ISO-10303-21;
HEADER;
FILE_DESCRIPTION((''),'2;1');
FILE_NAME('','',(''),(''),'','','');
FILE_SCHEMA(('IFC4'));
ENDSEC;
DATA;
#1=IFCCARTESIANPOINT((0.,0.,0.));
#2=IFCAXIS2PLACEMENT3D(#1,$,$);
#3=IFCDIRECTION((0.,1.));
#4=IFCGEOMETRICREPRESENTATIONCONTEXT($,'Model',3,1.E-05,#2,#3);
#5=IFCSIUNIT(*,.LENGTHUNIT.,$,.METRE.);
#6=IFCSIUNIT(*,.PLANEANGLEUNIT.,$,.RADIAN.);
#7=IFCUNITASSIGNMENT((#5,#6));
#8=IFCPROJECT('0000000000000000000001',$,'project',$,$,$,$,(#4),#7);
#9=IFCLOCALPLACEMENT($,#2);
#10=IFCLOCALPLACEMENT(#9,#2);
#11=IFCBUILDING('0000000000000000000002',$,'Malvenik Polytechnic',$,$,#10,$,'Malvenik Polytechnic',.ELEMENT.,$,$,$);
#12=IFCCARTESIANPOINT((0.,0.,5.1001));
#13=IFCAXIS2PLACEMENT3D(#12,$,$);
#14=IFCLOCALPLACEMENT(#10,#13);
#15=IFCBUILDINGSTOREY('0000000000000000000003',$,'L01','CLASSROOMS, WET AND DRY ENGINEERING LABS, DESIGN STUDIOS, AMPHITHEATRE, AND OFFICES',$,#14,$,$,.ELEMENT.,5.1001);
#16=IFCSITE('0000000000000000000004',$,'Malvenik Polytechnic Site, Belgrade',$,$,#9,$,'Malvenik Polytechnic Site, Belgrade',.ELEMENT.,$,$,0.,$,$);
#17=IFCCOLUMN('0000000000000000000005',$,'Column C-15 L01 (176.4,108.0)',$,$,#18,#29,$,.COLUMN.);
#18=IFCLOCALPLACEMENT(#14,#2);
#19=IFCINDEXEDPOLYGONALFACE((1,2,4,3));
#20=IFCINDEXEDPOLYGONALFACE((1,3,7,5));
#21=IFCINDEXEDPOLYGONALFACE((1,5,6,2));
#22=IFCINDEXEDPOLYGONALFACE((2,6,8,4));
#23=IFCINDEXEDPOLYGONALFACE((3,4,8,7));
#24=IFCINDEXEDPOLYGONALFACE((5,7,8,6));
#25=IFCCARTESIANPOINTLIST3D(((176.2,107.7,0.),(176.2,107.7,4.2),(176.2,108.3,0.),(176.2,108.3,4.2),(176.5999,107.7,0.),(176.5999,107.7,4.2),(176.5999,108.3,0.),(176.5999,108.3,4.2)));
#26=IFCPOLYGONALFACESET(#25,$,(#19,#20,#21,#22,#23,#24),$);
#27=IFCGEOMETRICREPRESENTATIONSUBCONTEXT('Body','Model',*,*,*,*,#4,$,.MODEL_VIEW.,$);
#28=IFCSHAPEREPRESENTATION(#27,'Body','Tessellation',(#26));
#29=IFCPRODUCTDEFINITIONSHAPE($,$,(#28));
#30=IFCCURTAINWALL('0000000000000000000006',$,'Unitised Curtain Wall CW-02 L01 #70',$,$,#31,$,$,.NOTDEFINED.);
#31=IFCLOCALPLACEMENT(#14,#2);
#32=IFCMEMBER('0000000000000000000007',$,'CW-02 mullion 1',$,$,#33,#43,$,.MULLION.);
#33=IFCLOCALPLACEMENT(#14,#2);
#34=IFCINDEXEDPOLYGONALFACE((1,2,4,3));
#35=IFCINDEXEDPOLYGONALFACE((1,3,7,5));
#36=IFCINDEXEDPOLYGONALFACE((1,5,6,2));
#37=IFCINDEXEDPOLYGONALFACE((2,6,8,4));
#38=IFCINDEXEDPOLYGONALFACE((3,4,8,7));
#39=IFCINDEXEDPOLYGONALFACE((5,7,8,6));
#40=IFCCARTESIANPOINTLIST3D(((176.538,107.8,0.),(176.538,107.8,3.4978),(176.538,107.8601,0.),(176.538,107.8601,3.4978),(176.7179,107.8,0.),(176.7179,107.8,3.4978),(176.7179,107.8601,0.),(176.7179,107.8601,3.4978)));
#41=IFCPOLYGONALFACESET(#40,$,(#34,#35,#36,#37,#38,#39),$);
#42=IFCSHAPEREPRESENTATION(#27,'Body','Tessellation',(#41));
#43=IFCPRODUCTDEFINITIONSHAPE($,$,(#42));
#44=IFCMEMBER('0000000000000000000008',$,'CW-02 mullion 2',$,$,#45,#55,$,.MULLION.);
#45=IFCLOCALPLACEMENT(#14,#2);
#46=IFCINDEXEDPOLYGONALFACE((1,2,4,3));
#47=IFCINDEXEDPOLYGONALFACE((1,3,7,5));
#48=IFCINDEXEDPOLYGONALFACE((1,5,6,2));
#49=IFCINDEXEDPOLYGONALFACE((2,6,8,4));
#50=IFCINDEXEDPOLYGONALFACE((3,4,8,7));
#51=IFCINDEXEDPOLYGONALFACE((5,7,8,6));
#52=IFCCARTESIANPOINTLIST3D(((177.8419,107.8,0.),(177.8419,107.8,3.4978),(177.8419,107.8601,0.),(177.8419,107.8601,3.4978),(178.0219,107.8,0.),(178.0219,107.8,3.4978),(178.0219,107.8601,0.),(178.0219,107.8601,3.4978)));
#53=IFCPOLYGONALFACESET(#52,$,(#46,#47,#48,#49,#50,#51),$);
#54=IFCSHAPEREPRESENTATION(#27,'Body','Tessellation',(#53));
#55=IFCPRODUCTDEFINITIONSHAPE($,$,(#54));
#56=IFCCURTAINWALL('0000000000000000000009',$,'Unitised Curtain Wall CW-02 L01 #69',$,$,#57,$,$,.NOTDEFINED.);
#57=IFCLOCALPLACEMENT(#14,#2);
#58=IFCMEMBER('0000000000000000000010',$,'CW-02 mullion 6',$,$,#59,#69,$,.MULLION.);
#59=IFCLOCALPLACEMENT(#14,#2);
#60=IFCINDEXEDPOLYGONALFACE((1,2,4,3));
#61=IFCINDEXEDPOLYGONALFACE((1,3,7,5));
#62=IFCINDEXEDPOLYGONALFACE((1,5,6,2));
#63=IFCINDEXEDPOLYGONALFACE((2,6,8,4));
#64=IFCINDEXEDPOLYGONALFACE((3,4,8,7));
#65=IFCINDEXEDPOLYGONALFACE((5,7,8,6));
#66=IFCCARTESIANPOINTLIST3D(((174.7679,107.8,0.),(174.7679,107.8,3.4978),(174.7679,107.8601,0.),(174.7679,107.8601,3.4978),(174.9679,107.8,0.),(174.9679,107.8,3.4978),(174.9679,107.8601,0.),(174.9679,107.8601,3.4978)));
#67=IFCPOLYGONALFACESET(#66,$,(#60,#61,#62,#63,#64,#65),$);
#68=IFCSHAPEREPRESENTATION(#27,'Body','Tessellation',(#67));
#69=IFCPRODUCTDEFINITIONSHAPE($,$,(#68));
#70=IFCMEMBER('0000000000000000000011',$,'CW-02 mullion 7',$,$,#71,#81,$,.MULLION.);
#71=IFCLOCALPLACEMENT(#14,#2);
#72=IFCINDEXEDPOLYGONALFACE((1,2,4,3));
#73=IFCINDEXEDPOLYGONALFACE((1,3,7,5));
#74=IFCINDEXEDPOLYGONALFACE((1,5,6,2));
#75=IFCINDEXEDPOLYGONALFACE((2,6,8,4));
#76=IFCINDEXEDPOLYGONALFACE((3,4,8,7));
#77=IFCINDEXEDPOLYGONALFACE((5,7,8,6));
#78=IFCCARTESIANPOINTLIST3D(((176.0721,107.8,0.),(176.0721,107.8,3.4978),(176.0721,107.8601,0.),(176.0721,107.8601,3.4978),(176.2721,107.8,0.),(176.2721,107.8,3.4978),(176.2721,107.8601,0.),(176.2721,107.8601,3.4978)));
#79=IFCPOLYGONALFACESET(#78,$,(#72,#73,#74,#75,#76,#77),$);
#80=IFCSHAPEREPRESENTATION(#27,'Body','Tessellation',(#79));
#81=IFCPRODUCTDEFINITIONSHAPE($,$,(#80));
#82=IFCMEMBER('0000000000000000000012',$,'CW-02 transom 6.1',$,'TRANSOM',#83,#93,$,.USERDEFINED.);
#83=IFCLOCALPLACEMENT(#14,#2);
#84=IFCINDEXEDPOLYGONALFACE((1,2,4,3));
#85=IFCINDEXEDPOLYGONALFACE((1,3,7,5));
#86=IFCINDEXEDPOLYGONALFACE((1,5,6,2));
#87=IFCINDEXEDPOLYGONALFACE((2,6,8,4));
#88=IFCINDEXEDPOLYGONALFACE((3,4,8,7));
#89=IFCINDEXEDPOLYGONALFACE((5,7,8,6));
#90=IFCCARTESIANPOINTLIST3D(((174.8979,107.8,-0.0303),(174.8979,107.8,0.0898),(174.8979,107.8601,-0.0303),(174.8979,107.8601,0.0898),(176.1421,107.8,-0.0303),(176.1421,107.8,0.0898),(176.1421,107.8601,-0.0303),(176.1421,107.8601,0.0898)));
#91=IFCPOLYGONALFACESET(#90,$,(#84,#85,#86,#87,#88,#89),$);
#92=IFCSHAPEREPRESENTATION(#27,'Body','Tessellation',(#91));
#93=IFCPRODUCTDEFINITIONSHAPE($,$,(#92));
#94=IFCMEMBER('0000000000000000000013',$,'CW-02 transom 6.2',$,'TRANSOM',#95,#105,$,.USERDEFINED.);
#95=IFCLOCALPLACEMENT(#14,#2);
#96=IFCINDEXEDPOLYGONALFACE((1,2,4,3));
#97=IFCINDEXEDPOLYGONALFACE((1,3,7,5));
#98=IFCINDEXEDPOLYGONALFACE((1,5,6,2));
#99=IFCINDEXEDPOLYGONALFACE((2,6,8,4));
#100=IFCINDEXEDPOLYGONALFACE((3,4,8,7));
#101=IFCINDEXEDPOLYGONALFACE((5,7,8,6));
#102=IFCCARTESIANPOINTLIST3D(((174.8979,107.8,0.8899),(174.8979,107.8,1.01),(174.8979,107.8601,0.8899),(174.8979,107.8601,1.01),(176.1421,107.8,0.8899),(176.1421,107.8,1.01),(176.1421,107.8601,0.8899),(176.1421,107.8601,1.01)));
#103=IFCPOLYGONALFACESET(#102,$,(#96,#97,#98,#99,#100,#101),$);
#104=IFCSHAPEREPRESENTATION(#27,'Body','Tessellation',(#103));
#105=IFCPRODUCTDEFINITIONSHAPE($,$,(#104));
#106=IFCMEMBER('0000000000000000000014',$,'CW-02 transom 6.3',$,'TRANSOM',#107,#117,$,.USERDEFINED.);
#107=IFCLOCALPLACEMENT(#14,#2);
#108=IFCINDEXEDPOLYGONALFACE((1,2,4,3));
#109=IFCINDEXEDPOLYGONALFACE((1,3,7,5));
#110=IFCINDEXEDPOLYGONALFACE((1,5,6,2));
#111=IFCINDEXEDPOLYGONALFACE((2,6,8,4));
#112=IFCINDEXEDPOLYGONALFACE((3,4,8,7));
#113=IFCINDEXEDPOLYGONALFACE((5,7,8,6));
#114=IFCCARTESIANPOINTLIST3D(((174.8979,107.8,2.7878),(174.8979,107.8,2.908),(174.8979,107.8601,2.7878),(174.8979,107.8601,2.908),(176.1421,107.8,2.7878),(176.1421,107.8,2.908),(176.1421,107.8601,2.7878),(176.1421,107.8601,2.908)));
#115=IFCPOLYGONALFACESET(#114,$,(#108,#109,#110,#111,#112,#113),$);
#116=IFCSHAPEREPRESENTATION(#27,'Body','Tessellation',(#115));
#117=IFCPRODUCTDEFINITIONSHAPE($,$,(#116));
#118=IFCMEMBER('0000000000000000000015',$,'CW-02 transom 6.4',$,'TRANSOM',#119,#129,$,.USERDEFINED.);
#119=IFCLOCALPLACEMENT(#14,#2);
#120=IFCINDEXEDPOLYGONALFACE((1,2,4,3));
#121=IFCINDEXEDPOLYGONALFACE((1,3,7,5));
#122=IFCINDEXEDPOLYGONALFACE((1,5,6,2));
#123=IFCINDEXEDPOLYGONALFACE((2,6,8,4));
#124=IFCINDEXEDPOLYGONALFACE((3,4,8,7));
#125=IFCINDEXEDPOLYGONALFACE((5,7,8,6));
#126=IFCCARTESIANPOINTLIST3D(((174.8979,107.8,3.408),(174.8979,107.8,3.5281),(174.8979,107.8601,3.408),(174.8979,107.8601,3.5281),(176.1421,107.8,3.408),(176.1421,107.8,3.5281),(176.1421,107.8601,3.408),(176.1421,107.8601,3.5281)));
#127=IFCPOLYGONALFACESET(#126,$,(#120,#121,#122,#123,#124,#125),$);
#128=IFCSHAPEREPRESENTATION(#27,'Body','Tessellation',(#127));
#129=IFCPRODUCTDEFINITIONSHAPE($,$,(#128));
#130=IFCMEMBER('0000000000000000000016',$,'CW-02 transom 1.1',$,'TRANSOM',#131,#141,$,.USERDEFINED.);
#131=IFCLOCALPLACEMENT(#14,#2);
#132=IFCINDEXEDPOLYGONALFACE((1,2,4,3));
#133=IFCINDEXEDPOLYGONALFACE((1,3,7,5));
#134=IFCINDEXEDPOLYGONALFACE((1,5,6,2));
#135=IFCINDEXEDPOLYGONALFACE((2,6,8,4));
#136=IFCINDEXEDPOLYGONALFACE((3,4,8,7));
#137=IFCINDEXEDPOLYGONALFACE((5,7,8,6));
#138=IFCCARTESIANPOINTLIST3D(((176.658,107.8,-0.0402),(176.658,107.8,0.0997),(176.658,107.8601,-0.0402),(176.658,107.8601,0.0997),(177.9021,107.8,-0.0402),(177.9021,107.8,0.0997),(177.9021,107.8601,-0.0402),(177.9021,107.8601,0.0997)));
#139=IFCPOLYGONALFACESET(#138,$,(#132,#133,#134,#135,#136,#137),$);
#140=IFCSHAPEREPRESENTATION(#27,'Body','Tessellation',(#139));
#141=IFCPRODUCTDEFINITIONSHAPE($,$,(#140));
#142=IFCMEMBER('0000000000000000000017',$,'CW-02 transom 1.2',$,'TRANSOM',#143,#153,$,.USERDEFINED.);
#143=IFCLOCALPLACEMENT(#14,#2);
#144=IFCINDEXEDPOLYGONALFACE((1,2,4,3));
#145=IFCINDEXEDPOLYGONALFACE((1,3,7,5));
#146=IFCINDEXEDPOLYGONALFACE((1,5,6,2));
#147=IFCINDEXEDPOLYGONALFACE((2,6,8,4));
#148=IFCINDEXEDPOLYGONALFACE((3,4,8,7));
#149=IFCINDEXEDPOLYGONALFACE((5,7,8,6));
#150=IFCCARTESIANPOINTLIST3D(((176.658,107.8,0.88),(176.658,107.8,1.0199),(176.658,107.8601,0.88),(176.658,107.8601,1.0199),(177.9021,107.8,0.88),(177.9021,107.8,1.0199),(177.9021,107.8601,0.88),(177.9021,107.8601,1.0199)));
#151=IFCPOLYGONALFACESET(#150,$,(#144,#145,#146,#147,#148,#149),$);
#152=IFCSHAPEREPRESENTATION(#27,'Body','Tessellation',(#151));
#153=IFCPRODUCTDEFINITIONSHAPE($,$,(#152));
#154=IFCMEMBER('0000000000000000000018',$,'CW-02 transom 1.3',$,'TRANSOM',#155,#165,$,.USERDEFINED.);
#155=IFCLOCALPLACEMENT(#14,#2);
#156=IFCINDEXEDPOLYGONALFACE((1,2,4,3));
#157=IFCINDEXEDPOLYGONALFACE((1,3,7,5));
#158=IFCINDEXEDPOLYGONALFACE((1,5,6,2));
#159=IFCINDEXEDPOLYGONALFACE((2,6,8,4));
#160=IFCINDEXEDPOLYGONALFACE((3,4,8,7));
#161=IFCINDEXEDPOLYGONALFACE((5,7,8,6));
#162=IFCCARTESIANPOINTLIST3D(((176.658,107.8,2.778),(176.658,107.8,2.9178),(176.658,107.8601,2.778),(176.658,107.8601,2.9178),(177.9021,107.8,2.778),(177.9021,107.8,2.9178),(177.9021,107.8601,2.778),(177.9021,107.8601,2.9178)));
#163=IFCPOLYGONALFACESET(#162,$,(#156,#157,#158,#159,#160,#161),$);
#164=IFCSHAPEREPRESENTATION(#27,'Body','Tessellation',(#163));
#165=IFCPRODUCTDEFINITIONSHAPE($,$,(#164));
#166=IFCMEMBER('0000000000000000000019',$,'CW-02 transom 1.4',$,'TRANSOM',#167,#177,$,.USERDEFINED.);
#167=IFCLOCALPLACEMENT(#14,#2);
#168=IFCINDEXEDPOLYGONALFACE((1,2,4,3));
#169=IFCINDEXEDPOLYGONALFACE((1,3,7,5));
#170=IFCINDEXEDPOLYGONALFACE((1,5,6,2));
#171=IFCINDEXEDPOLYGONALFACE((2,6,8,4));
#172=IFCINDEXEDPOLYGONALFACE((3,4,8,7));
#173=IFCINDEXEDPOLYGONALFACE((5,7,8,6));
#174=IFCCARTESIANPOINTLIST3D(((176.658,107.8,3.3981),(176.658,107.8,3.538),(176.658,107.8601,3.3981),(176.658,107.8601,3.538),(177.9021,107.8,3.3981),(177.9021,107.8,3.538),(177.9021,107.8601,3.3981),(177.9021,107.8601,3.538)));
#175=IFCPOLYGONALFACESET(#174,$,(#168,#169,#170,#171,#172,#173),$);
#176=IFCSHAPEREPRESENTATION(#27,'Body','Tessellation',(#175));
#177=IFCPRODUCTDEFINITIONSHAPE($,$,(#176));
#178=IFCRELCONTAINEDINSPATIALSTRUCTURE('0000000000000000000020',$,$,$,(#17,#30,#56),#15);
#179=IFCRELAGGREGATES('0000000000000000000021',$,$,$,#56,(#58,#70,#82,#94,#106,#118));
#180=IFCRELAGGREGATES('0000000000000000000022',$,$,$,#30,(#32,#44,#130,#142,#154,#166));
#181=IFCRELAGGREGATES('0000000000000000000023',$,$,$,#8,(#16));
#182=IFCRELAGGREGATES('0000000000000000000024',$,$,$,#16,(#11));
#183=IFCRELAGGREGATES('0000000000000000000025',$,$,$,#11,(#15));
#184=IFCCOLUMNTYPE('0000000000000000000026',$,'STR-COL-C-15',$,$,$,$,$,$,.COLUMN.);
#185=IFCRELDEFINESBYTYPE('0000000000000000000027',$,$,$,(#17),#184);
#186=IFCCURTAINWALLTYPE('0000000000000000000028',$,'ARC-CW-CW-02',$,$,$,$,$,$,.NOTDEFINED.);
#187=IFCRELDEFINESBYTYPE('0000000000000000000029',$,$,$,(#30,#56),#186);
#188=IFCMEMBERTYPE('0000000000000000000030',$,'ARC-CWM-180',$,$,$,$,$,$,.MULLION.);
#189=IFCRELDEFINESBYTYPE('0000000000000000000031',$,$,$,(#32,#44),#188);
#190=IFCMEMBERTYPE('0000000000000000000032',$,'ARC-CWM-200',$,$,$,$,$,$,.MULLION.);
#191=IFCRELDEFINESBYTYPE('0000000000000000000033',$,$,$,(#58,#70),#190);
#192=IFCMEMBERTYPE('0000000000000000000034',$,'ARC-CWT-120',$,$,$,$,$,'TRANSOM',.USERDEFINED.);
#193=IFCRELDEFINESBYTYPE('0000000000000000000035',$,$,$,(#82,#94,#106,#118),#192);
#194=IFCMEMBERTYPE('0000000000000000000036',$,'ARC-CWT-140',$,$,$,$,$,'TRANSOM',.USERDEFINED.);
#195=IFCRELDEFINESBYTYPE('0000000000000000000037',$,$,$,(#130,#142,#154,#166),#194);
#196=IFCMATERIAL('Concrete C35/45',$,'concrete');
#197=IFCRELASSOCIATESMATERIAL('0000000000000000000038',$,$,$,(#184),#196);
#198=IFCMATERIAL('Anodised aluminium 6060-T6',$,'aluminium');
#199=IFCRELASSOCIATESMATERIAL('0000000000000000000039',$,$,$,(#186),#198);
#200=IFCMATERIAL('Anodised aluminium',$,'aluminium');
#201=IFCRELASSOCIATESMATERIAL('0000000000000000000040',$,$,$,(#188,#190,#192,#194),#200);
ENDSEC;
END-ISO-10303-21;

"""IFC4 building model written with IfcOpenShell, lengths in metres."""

from ifc_helpers import new_model, si_unit, direction, frame, origin, origin_2d, place, context, subcontext, project, spatial, rectangle, extrude, material, material_profile, profile_set, type_object, element, aggregate, save


model = new_model("IFC4")

# Units and contexts
model_context = context("Model", 3, precision=1e-05, world=origin(), true_north=direction((0.0, 1.0)))
body_context = subcontext(model_context, "Body", "Model", "MODEL_VIEW")
ifc_project = project(units=[si_unit("LENGTHUNIT", "METRE"), si_unit("PLANEANGLEUNIT", "RADIAN")], contexts=[model_context])

# Site, building, storey
site_placement = place(None, origin())
site = spatial("IfcSite", under=ifc_project, at=site_placement, Name="Malvenik Polytechnic Site, Belgrade", LongName="Malvenik Polytechnic Site, Belgrade", CompositionType="ELEMENT", RefElevation=0.0)
building_placement = place(site_placement, origin())
building = spatial("IfcBuilding", under=site, at=building_placement, Name="Malvenik Polytechnic", LongName="Malvenik Polytechnic", CompositionType="ELEMENT")
storey_placement = place(building_placement, frame((0.0, 0.0, 5.1001)))
storey = spatial("IfcBuildingStorey", under=building, at=storey_placement, Name="L01", Description="CLASSROOMS, WET AND DRY ENGINEERING LABS, DESIGN STUDIOS, AMPHITHEATRE, AND OFFICES", CompositionType="ELEMENT", Elevation=5.1001)

# Column
ifc_material_1 = material(Name="Concrete C35/45", Category="concrete")
ifc_material_profile_1 = material_profile(ifc_material_1, rectangle(XDim=0.3999, YDim=0.6001, at=origin_2d()), Name="RC COL 600x400")
ifc_profile_set_1 = profile_set([ifc_material_profile_1], Name="Concrete C35/45")
column_type = type_object("IfcColumnType", Name="STR-COL-C-15", PredefinedType="COLUMN", material=ifc_profile_set_1)
column_placement = place(storey_placement, frame((176.3999, 108.0, 0.0), z_axis=(0.0, 0.0, 1.0), x_axis=(1.0, 0.0, 0.0)))
element("IfcColumn", 1, at=column_placement, inside=storey, type_object=column_type, Name="Column C-15 L01 (176.4,108.0)", PredefinedType="COLUMN", context=body_context, shape_type="SweptSolid", body=[
    extrude(rectangle(XDim=0.3999, YDim=0.6001, at=origin_2d()), origin(), (0.0, 0.0, 1.0), 4.2),
])

# Curtain walls, members
ifc_material_2 = material(Name="Anodised aluminium 6060-T6", Category="aluminium")
curtain_wall_type = type_object("IfcCurtainWallType", Name="ARC-CW-CW-02", PredefinedType="NOTDEFINED", material=ifc_material_2)
curtain_wall_1_placement = place(storey_placement, origin())
curtain_wall_1 = element("IfcCurtainWall", 2, at=curtain_wall_1_placement, inside=storey, type_object=curtain_wall_type, Name="Unitised Curtain Wall CW-02 L01 #70", PredefinedType="NOTDEFINED")
ifc_material_3 = material(Name="Anodised aluminium", Category="aluminium")
ifc_material_profile_2 = material_profile(ifc_material_3, rectangle(XDim=0.0601, YDim=0.1799, at=origin_2d()), Name="ALU MULLION 60x180")
ifc_profile_set_2 = profile_set([ifc_material_profile_2], Name="Anodised aluminium")
member_type_1 = type_object("IfcMemberType", Name="ARC-CWM-180", PredefinedType="MULLION", material=ifc_profile_set_2)
member_1_placement = place(storey_placement, frame((176.6279, 107.8301, 0.0), z_axis=(0.0, 0.0, 1.0), x_axis=(0.0, 1.0, 0.0)))
member_1 = element("IfcMember", 3, at=member_1_placement, type_object=member_type_1, Name="CW-02 mullion 1", PredefinedType="MULLION", context=body_context, shape_type="SweptSolid", body=[
    extrude(rectangle(XDim=0.0601, YDim=0.1799, at=origin_2d()), origin(), (0.0, 0.0, 1.0), 3.4978),
])
member_2_placement = place(storey_placement, frame((177.9319, 107.8301, 0.0), z_axis=(0.0, 0.0, 1.0), x_axis=(0.0, 1.0, 0.0)))
member_2 = element("IfcMember", 4, at=member_2_placement, type_object=member_type_1, Name="CW-02 mullion 2", PredefinedType="MULLION", context=body_context, shape_type="SweptSolid", body=[
    extrude(rectangle(XDim=0.0601, YDim=0.1799, at=origin_2d()), origin(), (0.0, 0.0, 1.0), 3.4978),
])
curtain_wall_2_placement = place(storey_placement, origin())
curtain_wall_2 = element("IfcCurtainWall", 5, at=curtain_wall_2_placement, inside=storey, type_object=curtain_wall_type, Name="Unitised Curtain Wall CW-02 L01 #69", PredefinedType="NOTDEFINED")
ifc_material_profile_3 = material_profile(ifc_material_3, rectangle(XDim=0.0601, YDim=0.2, at=origin_2d()), Name="ALU MULLION 60x200")
ifc_profile_set_3 = profile_set([ifc_material_profile_3], Name="Anodised aluminium")
member_type_2 = type_object("IfcMemberType", Name="ARC-CWM-200", PredefinedType="MULLION", material=ifc_profile_set_3)
member_3_placement = place(storey_placement, frame((174.8679, 107.8301, 0.0), z_axis=(0.0, 0.0, 1.0), x_axis=(0.0, 1.0, 0.0)))
member_3 = element("IfcMember", 6, at=member_3_placement, type_object=member_type_2, Name="CW-02 mullion 6", PredefinedType="MULLION", context=body_context, shape_type="SweptSolid", body=[
    extrude(rectangle(XDim=0.0601, YDim=0.2, at=origin_2d()), origin(), (0.0, 0.0, 1.0), 3.4978),
])
member_4_placement = place(storey_placement, frame((176.1721, 107.8301, 0.0), z_axis=(0.0, 0.0, 1.0), x_axis=(0.0, 1.0, 0.0)))
member_4 = element("IfcMember", 7, at=member_4_placement, type_object=member_type_2, Name="CW-02 mullion 7", PredefinedType="MULLION", context=body_context, shape_type="SweptSolid", body=[
    extrude(rectangle(XDim=0.0601, YDim=0.2, at=origin_2d()), origin(), (0.0, 0.0, 1.0), 3.4978),
])
ifc_material_profile_4 = material_profile(ifc_material_3, rectangle(XDim=0.0601, YDim=0.1201, at=origin_2d()), Name="ALU TRANSOM 60x120")
ifc_profile_set_4 = profile_set([ifc_material_profile_4], Name="Anodised aluminium")
member_type_3 = type_object("IfcMemberType", Name="ARC-CWT-120", ElementType="TRANSOM", PredefinedType="USERDEFINED", material=ifc_profile_set_4)
member_5_placement = place(storey_placement, frame((174.8979, 107.8301, 0.0298), z_axis=(1.0, 0.0, 0.0), x_axis=(0.0, 1.0, 0.0)))
member_5 = element("IfcMember", 8, at=member_5_placement, type_object=member_type_3, Name="CW-02 transom 6.1", ObjectType="TRANSOM", PredefinedType="USERDEFINED", context=body_context, shape_type="SweptSolid", body=[
    extrude(rectangle(XDim=0.0601, YDim=0.1201, at=origin_2d()), origin(), (0.0, 0.0, 1.0), 1.2441),
])
member_6_placement = place(storey_placement, frame((174.8979, 107.8301, 0.95), z_axis=(1.0, 0.0, 0.0), x_axis=(0.0, 1.0, 0.0)))
member_6 = element("IfcMember", 9, at=member_6_placement, type_object=member_type_3, Name="CW-02 transom 6.2", ObjectType="TRANSOM", PredefinedType="USERDEFINED", context=body_context, shape_type="SweptSolid", body=[
    extrude(rectangle(XDim=0.0601, YDim=0.1201, at=origin_2d()), origin(), (0.0, 0.0, 1.0), 1.2441),
])
member_7_placement = place(storey_placement, frame((174.8979, 107.8301, 2.8479), z_axis=(1.0, 0.0, 0.0), x_axis=(0.0, 1.0, 0.0)))
member_7 = element("IfcMember", 10, at=member_7_placement, type_object=member_type_3, Name="CW-02 transom 6.3", ObjectType="TRANSOM", PredefinedType="USERDEFINED", context=body_context, shape_type="SweptSolid", body=[
    extrude(rectangle(XDim=0.0601, YDim=0.1201, at=origin_2d()), origin(), (0.0, 0.0, 1.0), 1.2441),
])
member_8_placement = place(storey_placement, frame((174.8979, 107.8301, 3.468), z_axis=(1.0, 0.0, 0.0), x_axis=(0.0, 1.0, 0.0)))
member_8 = element("IfcMember", 11, at=member_8_placement, type_object=member_type_3, Name="CW-02 transom 6.4", ObjectType="TRANSOM", PredefinedType="USERDEFINED", context=body_context, shape_type="SweptSolid", body=[
    extrude(rectangle(XDim=0.0601, YDim=0.1201, at=origin_2d()), origin(), (0.0, 0.0, 1.0), 1.2441),
])

# Members
ifc_material_profile_5 = material_profile(ifc_material_3, rectangle(XDim=0.0601, YDim=0.1399, at=origin_2d()), Name="ALU TRANSOM 60x140")
ifc_profile_set_5 = profile_set([ifc_material_profile_5], Name="Anodised aluminium")
member_type_4 = type_object("IfcMemberType", Name="ARC-CWT-140", ElementType="TRANSOM", PredefinedType="USERDEFINED", material=ifc_profile_set_5)
member_9_placement = place(storey_placement, frame((176.658, 107.8301, 0.0298), z_axis=(1.0, 0.0, 0.0), x_axis=(0.0, 1.0, 0.0)))
member_9 = element("IfcMember", 12, at=member_9_placement, type_object=member_type_4, Name="CW-02 transom 1.1", ObjectType="TRANSOM", PredefinedType="USERDEFINED", context=body_context, shape_type="SweptSolid", body=[
    extrude(rectangle(XDim=0.0601, YDim=0.1399, at=origin_2d()), origin(), (0.0, 0.0, 1.0), 1.2441),
])
member_10_placement = place(storey_placement, frame((176.658, 107.8301, 0.95), z_axis=(1.0, 0.0, 0.0), x_axis=(0.0, 1.0, 0.0)))
member_10 = element("IfcMember", 13, at=member_10_placement, type_object=member_type_4, Name="CW-02 transom 1.2", ObjectType="TRANSOM", PredefinedType="USERDEFINED", context=body_context, shape_type="SweptSolid", body=[
    extrude(rectangle(XDim=0.0601, YDim=0.1399, at=origin_2d()), origin(), (0.0, 0.0, 1.0), 1.2441),
])
member_11_placement = place(storey_placement, frame((176.658, 107.8301, 2.8479), z_axis=(1.0, 0.0, 0.0), x_axis=(0.0, 1.0, 0.0)))
member_11 = element("IfcMember", 14, at=member_11_placement, type_object=member_type_4, Name="CW-02 transom 1.3", ObjectType="TRANSOM", PredefinedType="USERDEFINED", context=body_context, shape_type="SweptSolid", body=[
    extrude(rectangle(XDim=0.0601, YDim=0.1399, at=origin_2d()), origin(), (0.0, 0.0, 1.0), 1.2441),
])
member_12_placement = place(storey_placement, frame((176.658, 107.8301, 3.468), z_axis=(1.0, 0.0, 0.0), x_axis=(0.0, 1.0, 0.0)))
member_12 = element("IfcMember", 15, at=member_12_placement, type_object=member_type_4, Name="CW-02 transom 1.4", ObjectType="TRANSOM", PredefinedType="USERDEFINED", context=body_context, shape_type="SweptSolid", body=[
    extrude(rectangle(XDim=0.0601, YDim=0.1399, at=origin_2d()), origin(), (0.0, 0.0, 1.0), 1.2441),
])

aggregate(curtain_wall_2, [member_3, member_4, member_5, member_6, member_7, member_8])
aggregate(curtain_wall_1, [member_1, member_2, member_9, member_10, member_11, member_12])

save(model, "model.ifc")
